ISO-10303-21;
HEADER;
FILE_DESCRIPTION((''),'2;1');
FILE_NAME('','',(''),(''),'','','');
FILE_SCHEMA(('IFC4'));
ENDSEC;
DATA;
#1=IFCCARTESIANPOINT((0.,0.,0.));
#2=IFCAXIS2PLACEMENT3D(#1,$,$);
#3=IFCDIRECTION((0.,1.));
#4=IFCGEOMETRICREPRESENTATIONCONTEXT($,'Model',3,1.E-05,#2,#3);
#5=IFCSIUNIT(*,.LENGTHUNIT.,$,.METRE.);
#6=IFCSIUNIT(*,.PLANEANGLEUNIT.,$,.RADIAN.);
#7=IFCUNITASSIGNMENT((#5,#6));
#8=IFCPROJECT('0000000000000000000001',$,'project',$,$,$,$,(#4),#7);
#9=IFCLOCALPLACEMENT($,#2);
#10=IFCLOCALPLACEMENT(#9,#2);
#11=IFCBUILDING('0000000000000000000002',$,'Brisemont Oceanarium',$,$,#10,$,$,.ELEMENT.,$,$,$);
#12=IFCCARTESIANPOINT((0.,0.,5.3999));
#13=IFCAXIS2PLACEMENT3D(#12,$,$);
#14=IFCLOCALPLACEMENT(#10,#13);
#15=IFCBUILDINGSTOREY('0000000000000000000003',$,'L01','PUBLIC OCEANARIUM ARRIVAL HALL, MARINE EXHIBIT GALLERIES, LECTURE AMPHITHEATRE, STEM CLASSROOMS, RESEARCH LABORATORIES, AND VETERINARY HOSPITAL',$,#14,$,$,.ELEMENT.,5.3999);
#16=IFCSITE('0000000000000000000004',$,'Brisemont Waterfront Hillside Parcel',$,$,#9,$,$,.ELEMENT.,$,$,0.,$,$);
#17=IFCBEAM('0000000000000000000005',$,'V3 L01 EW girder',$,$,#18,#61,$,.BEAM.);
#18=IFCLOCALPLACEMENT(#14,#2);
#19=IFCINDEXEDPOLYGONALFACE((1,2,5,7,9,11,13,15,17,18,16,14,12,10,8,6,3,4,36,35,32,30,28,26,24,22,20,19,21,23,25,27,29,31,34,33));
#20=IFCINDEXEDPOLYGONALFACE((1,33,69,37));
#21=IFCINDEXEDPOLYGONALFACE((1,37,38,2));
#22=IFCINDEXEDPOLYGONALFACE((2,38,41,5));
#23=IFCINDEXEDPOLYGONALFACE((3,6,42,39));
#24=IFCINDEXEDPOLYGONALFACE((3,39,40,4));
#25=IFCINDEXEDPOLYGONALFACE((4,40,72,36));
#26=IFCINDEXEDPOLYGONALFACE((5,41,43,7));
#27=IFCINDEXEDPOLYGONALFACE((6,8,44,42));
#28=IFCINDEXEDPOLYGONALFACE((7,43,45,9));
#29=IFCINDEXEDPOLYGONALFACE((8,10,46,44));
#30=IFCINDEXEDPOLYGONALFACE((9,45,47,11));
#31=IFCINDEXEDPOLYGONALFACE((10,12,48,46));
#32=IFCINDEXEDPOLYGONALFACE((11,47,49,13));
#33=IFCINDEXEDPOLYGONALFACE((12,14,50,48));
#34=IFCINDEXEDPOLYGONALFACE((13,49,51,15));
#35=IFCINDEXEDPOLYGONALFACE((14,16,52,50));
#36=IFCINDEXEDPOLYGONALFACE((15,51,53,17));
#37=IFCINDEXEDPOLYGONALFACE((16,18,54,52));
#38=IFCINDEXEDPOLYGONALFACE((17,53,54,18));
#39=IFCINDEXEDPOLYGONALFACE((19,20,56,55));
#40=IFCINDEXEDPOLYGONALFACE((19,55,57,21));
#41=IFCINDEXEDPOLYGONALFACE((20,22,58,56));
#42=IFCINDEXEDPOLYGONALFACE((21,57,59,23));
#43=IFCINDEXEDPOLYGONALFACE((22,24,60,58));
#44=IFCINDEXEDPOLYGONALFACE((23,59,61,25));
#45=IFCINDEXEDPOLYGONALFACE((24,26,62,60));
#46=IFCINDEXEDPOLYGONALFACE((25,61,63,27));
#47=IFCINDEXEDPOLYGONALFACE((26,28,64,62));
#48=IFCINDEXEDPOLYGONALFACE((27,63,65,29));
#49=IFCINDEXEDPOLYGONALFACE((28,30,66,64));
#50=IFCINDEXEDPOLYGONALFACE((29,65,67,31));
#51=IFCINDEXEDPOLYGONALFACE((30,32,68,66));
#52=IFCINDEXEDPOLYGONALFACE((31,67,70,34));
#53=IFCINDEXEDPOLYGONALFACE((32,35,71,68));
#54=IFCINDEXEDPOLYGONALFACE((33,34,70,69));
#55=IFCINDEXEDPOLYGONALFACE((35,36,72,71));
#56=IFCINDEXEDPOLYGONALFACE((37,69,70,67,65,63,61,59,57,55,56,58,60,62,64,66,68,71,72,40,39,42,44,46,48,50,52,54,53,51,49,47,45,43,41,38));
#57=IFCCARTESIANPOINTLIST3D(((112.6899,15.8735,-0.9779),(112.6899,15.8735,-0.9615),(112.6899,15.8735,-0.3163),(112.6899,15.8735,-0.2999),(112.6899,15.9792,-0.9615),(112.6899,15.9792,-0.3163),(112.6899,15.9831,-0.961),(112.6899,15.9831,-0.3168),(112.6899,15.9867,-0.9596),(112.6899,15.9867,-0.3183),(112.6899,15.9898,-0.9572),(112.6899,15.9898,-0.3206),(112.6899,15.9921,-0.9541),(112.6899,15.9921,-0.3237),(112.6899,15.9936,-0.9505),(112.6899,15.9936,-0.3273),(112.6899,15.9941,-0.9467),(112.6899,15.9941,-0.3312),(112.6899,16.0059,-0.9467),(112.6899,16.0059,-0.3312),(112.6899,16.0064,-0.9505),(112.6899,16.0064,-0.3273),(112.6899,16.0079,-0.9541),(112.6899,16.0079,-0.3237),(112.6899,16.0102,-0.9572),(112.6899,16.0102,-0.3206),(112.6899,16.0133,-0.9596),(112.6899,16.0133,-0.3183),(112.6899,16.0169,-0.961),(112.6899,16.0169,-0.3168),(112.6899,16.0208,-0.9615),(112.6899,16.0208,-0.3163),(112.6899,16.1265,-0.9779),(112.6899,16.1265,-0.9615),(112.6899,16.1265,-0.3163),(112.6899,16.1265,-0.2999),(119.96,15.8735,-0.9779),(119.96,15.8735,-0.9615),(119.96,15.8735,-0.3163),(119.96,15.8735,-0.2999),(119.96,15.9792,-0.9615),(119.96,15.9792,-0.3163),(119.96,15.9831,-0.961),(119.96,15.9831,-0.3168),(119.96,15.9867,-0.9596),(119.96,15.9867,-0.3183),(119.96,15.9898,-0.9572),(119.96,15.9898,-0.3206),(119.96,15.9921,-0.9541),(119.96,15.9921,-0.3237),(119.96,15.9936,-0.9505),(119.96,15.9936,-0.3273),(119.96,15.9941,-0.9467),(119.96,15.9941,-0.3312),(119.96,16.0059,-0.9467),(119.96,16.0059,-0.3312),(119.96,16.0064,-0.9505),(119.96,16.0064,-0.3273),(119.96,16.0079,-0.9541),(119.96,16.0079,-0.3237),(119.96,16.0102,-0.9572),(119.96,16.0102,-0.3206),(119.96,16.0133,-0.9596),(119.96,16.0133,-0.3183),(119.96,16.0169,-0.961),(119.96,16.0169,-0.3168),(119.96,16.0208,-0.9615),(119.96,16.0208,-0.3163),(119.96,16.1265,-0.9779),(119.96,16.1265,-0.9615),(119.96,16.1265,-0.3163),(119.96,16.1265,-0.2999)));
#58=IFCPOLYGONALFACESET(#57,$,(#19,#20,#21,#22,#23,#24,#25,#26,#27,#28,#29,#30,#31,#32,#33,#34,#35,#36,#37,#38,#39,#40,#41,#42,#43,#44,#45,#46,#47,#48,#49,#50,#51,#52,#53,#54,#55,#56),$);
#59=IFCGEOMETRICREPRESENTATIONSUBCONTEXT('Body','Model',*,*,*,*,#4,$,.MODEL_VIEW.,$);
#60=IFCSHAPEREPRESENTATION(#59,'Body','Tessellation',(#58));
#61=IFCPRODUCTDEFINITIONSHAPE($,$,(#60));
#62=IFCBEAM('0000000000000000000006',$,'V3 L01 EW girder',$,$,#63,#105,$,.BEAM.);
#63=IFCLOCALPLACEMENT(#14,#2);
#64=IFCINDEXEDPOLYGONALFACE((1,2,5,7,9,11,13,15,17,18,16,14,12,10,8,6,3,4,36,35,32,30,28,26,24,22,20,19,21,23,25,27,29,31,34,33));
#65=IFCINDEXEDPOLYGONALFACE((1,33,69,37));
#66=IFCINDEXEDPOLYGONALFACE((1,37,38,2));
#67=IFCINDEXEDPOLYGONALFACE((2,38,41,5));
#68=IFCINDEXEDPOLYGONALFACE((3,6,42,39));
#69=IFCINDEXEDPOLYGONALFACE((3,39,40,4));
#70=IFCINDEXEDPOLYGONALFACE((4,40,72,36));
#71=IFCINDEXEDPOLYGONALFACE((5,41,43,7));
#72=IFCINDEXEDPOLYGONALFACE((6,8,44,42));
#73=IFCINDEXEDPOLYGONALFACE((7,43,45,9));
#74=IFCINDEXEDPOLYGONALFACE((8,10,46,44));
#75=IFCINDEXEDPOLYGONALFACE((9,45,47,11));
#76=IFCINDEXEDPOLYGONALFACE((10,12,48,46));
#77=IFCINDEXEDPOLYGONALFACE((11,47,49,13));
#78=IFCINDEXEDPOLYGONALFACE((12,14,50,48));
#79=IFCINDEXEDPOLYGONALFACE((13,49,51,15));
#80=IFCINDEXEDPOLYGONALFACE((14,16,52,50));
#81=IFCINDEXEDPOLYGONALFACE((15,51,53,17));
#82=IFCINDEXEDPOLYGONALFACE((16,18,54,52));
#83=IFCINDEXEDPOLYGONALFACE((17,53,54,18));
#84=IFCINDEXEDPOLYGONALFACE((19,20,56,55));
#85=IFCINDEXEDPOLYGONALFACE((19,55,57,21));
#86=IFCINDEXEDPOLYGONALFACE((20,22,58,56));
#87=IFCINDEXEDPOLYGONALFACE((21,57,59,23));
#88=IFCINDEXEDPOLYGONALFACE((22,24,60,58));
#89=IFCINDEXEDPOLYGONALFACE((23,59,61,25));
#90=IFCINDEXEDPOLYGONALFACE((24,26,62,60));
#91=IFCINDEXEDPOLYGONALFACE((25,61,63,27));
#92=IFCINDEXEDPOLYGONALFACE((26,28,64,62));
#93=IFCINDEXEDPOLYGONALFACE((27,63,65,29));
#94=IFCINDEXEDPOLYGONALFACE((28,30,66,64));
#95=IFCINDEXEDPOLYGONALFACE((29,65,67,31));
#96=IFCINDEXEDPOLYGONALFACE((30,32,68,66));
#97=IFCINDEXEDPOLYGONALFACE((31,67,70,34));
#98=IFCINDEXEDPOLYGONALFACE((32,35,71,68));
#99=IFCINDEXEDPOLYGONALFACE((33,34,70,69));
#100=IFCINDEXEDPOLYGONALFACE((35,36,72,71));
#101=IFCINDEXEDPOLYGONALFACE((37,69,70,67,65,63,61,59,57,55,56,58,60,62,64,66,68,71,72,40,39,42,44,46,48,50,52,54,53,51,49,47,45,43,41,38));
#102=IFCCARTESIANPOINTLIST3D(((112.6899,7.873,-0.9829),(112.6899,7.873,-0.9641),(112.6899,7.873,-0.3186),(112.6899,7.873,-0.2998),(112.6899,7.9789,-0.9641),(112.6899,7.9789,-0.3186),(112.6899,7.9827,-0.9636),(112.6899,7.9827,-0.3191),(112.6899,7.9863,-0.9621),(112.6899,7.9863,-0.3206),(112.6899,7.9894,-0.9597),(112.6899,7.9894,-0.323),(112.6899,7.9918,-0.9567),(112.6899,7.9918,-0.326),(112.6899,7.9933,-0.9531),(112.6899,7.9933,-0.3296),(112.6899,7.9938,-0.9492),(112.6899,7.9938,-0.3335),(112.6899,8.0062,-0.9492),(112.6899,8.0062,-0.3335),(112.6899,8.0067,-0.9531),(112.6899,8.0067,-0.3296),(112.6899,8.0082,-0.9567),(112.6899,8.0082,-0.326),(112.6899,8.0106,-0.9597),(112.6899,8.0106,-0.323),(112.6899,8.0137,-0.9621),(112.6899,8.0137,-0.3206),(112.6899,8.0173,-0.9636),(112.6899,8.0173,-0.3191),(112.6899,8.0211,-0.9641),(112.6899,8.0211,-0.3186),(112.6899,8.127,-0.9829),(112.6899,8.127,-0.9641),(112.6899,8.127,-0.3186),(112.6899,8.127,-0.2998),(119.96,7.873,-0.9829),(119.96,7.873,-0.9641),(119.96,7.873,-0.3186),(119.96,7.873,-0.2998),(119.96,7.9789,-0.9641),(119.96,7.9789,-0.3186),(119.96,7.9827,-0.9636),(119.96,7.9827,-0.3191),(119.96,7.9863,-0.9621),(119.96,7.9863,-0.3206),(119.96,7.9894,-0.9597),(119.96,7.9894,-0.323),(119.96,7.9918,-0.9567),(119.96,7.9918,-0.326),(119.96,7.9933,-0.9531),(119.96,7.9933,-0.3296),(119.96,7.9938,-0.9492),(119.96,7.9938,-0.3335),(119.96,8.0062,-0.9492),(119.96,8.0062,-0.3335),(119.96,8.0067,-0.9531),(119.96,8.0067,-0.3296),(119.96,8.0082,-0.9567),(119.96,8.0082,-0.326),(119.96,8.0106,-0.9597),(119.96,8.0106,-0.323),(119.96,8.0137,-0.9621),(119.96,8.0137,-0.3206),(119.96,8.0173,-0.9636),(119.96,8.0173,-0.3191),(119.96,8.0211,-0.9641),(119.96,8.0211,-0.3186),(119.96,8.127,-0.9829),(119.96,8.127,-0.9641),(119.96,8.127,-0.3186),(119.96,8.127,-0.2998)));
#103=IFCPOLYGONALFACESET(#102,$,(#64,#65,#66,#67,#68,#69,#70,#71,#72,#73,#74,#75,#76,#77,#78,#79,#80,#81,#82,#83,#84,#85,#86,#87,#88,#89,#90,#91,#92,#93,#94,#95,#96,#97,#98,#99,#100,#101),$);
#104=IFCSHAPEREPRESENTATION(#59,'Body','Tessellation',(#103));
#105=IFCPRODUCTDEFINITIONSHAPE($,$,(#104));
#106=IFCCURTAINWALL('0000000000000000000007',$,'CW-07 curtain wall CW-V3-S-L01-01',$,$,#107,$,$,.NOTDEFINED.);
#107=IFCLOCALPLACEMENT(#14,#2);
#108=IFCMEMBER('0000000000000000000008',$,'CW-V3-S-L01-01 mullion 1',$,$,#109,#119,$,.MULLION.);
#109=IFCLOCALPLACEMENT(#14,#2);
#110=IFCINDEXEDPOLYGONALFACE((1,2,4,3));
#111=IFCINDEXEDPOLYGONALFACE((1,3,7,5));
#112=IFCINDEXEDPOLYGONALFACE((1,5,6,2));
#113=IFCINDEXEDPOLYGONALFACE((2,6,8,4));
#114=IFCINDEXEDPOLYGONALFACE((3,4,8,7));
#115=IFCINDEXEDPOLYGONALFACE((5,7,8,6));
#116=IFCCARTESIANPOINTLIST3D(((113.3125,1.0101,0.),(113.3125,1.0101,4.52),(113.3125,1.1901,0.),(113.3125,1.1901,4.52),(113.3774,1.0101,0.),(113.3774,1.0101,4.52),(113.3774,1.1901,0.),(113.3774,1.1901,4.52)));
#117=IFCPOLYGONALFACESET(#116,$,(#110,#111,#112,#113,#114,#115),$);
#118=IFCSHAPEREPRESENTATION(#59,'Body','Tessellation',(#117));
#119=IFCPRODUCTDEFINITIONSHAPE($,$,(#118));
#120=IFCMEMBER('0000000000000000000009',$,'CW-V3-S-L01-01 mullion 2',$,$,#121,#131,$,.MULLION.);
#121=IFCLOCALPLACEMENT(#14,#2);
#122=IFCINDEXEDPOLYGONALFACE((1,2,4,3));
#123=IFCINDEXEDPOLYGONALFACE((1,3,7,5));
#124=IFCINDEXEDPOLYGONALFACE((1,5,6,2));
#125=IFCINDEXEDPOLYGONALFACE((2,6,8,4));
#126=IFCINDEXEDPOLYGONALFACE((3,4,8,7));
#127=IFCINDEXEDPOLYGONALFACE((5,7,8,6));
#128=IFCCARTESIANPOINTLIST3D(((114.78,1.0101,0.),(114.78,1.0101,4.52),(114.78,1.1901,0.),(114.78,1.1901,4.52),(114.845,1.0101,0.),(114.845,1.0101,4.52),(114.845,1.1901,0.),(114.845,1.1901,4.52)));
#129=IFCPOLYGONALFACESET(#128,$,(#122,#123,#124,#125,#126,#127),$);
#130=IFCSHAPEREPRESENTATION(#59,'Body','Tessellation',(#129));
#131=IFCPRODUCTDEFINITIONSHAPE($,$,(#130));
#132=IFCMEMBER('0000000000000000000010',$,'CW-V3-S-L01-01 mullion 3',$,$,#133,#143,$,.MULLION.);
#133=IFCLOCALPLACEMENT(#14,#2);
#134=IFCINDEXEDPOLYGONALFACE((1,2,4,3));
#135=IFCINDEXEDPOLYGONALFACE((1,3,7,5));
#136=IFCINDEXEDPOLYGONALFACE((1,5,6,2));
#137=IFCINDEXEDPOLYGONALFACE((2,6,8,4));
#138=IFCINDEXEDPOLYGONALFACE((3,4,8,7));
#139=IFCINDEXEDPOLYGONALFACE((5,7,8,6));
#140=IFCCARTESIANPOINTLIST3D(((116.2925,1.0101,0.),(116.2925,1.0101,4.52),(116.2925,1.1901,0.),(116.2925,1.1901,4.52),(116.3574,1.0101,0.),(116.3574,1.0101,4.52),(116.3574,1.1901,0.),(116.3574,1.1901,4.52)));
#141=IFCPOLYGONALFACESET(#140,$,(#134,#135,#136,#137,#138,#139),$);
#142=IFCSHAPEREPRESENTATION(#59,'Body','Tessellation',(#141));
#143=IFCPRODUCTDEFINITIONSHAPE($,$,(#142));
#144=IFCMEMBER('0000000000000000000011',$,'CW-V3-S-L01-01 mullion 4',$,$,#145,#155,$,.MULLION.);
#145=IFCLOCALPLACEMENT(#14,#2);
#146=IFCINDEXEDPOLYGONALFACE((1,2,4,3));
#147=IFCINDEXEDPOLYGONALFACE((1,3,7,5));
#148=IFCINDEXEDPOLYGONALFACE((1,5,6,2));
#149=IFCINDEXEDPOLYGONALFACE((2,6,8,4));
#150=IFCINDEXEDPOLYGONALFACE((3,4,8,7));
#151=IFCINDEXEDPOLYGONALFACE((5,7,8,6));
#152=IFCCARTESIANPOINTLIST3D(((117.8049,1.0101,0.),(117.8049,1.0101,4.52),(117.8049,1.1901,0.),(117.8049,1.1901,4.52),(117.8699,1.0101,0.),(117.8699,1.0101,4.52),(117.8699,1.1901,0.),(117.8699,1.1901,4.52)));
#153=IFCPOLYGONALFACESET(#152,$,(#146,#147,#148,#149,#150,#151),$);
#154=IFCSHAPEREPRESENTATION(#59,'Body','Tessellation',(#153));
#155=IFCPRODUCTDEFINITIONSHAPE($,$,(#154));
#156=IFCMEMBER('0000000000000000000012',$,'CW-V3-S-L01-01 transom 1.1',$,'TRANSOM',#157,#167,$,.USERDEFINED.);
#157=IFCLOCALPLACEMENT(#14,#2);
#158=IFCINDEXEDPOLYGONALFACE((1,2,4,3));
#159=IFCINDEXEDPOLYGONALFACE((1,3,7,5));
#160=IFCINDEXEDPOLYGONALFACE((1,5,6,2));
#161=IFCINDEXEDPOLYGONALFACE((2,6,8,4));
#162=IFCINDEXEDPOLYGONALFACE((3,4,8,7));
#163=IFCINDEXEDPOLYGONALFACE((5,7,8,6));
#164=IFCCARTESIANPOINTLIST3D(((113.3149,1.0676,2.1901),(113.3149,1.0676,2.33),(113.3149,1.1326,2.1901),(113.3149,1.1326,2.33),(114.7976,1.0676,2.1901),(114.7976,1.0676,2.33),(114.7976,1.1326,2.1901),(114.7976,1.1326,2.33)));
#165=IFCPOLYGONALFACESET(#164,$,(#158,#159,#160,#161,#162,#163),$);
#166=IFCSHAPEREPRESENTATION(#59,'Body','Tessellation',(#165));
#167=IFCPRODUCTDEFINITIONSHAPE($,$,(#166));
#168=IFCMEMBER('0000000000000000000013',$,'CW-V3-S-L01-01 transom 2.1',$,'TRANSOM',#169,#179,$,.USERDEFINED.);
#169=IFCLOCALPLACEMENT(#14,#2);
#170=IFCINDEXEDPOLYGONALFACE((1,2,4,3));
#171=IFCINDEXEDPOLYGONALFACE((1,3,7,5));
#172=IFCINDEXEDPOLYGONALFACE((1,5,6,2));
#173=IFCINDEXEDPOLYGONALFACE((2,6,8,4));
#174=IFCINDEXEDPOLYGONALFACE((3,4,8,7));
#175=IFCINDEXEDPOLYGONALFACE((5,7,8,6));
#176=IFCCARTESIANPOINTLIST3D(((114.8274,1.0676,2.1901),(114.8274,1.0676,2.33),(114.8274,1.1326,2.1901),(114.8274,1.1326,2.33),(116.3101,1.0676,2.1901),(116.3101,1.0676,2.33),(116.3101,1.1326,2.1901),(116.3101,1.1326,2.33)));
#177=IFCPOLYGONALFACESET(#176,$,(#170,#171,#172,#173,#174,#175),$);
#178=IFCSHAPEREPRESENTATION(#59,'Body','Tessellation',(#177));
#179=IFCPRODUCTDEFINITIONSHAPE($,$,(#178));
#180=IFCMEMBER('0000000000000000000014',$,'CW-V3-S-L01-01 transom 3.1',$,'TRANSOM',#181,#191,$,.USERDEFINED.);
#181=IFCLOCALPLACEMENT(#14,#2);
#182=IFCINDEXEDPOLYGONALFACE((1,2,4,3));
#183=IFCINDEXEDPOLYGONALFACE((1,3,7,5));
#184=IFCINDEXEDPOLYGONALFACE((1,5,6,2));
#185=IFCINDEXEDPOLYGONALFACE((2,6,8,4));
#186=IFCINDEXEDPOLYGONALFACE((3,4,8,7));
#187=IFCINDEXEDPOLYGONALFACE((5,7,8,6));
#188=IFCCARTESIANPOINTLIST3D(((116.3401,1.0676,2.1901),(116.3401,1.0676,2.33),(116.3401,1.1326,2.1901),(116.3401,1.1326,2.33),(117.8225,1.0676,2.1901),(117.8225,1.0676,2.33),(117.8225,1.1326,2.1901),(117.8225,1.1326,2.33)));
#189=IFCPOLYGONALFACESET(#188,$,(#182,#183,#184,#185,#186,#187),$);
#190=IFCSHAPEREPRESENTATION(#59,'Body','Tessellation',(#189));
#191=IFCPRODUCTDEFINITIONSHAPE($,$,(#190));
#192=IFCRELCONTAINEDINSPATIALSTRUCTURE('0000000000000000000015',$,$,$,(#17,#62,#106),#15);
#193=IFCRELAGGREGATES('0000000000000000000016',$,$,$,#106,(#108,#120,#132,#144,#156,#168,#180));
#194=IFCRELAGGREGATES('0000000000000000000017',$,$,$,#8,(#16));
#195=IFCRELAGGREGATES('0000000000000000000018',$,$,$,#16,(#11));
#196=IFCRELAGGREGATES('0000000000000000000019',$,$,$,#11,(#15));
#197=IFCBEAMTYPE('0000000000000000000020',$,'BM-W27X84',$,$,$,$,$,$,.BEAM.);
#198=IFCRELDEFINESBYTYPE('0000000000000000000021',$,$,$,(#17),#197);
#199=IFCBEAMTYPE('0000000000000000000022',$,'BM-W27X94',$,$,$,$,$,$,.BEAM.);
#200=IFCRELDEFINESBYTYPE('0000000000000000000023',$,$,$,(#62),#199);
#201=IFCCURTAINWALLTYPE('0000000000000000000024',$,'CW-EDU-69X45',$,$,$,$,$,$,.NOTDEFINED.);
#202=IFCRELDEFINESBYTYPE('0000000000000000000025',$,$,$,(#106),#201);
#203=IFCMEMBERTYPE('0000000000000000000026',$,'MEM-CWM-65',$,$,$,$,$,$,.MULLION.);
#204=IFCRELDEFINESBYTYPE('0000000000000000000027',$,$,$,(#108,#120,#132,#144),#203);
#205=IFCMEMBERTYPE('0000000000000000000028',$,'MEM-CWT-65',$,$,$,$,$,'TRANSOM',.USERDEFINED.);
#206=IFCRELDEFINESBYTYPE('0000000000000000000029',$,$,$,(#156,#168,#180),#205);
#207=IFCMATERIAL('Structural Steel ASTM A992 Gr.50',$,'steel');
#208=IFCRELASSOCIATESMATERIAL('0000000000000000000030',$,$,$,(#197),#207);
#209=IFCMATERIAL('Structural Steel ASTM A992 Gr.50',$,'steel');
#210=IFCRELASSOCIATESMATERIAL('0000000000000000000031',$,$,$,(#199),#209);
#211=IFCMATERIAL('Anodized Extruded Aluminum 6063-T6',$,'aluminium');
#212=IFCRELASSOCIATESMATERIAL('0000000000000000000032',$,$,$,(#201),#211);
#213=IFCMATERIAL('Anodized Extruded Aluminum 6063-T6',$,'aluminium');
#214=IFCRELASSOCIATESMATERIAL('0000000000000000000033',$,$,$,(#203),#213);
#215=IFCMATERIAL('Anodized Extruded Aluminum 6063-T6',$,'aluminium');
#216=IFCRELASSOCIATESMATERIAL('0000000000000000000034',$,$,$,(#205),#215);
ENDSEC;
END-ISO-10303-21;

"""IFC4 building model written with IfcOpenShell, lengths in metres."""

from ifc_helpers import new_model, si_unit, direction, frame, origin, origin_2d, place, context, subcontext, project, spatial, rectangle, i_section, extrude, material, material_profile, profile_set, type_object, element, aggregate, save


model = new_model("IFC4")

# Units and contexts
model_context = context("Model", 3, precision=1e-05, world=origin(), true_north=direction((0.0, 1.0)))
body_context = subcontext(model_context, "Body", "Model", "MODEL_VIEW")
ifc_project = project(units=[si_unit("LENGTHUNIT", "METRE"), si_unit("PLANEANGLEUNIT", "RADIAN")], contexts=[model_context])

# Site, building, storey
site_placement = place(None, origin())
site = spatial("IfcSite", under=ifc_project, at=site_placement, Name="Brisemont Waterfront Hillside Parcel", CompositionType="ELEMENT", RefElevation=0.0)
building_placement = place(site_placement, origin())
building = spatial("IfcBuilding", under=site, at=building_placement, Name="Brisemont Oceanarium", CompositionType="ELEMENT")
storey_placement = place(building_placement, frame((0.0, 0.0, 5.3999)))
storey = spatial("IfcBuildingStorey", under=building, at=storey_placement, Name="L01", Description="PUBLIC OCEANARIUM ARRIVAL HALL, MARINE EXHIBIT GALLERIES, LECTURE AMPHITHEATRE, STEM CLASSROOMS, RESEARCH LABORATORIES, AND VETERINARY HOSPITAL", CompositionType="ELEMENT", Elevation=5.3999)

# Beams
ifc_material_1 = material(Name="Structural Steel ASTM A992 Gr.50", Category="steel")
ifc_material_profile_1 = material_profile(ifc_material_1, i_section(OverallWidth=0.2529, OverallDepth=0.678, WebThickness=0.0117, FlangeThickness=0.0164, FilletRadius=0.0149, at=origin_2d()), Name="W27X84")
ifc_profile_set_1 = profile_set([ifc_material_profile_1], Name="Structural Steel ASTM A992 Gr.50")
beam_type_1 = type_object("IfcBeamType", Name="BM-W27X84", PredefinedType="BEAM", material=ifc_profile_set_1)
beam_1_placement = place(storey_placement, frame((112.6899, 16.0, -0.6389), z_axis=(1.0, 0.0, 0.0), x_axis=(0.0, 1.0, 0.0)))
element("IfcBeam", 1, at=beam_1_placement, inside=storey, type_object=beam_type_1, Name="V3 L01 EW girder", PredefinedType="BEAM", context=body_context, shape_type="SweptSolid", body=[
    extrude(i_section(OverallWidth=0.2529, OverallDepth=0.678, WebThickness=0.0117, FlangeThickness=0.0164, FilletRadius=0.0149, at=origin_2d()), origin(), (0.0, 0.0, 1.0), 7.27),
])
ifc_material_2 = material(Name="Structural Steel ASTM A992 Gr.50", Category="steel")
ifc_material_profile_2 = material_profile(ifc_material_2, i_section(OverallWidth=0.2539, OverallDepth=0.6831, WebThickness=0.0125, FlangeThickness=0.0188, FilletRadius=0.0149, at=origin_2d()), Name="W27X94")
ifc_profile_set_2 = profile_set([ifc_material_profile_2], Name="Structural Steel ASTM A992 Gr.50")
beam_type_2 = type_object("IfcBeamType", Name="BM-W27X94", PredefinedType="BEAM", material=ifc_profile_set_2)
beam_2_placement = place(storey_placement, frame((112.6899, 8.0, -0.6414), z_axis=(1.0, 0.0, 0.0), x_axis=(0.0, 1.0, 0.0)))
element("IfcBeam", 2, at=beam_2_placement, inside=storey, type_object=beam_type_2, Name="V3 L01 EW girder", PredefinedType="BEAM", context=body_context, shape_type="SweptSolid", body=[
    extrude(i_section(OverallWidth=0.2539, OverallDepth=0.6831, WebThickness=0.0125, FlangeThickness=0.0188, FilletRadius=0.0149, at=origin_2d()), origin(), (0.0, 0.0, 1.0), 7.27),
])

# Curtain wall, members
ifc_material_3 = material(Name="Anodized Extruded Aluminum 6063-T6", Category="aluminium")
curtain_wall_type = type_object("IfcCurtainWallType", Name="CW-EDU-69X45", PredefinedType="NOTDEFINED", material=ifc_material_3)
curtain_wall_placement = place(storey_placement, origin())
curtain_wall = element("IfcCurtainWall", 3, at=curtain_wall_placement, inside=storey, type_object=curtain_wall_type, Name="CW-07 curtain wall CW-V3-S-L01-01", PredefinedType="NOTDEFINED")
ifc_material_4 = material(Name="Anodized Extruded Aluminum 6063-T6", Category="aluminium")
ifc_material_profile_3 = material_profile(ifc_material_4, rectangle(XDim=0.0649, YDim=0.1799, at=origin_2d()), Name="CWM-65X180")
ifc_profile_set_3 = profile_set([ifc_material_profile_3], Name="Anodized Extruded Aluminum 6063-T6")
member_type_1 = type_object("IfcMemberType", Name="MEM-CWM-65", PredefinedType="MULLION", material=ifc_profile_set_3)
member_1_placement = place(storey_placement, frame((113.345, 1.1001, 0.0), z_axis=(0.0, 0.0, 1.0), x_axis=(1.0, 0.0, 0.0)))
member_1 = element("IfcMember", 4, at=member_1_placement, type_object=member_type_1, Name="CW-V3-S-L01-01 mullion 1", PredefinedType="MULLION", context=body_context, shape_type="SweptSolid", body=[
    extrude(rectangle(XDim=0.0649, YDim=0.1799, at=origin_2d()), origin(), (0.0, 0.0, 1.0), 4.52),
])
member_2_placement = place(storey_placement, frame((114.8125, 1.1001, 0.0), z_axis=(0.0, 0.0, 1.0), x_axis=(1.0, 0.0, 0.0)))
member_2 = element("IfcMember", 5, at=member_2_placement, type_object=member_type_1, Name="CW-V3-S-L01-01 mullion 2", PredefinedType="MULLION", context=body_context, shape_type="SweptSolid", body=[
    extrude(rectangle(XDim=0.0649, YDim=0.1799, at=origin_2d()), origin(), (0.0, 0.0, 1.0), 4.52),
])
member_3_placement = place(storey_placement, frame((116.325, 1.1001, 0.0), z_axis=(0.0, 0.0, 1.0), x_axis=(1.0, 0.0, 0.0)))
member_3 = element("IfcMember", 6, at=member_3_placement, type_object=member_type_1, Name="CW-V3-S-L01-01 mullion 3", PredefinedType="MULLION", context=body_context, shape_type="SweptSolid", body=[
    extrude(rectangle(XDim=0.0649, YDim=0.1799, at=origin_2d()), origin(), (0.0, 0.0, 1.0), 4.52),
])
member_4_placement = place(storey_placement, frame((117.8374, 1.1001, 0.0), z_axis=(0.0, 0.0, 1.0), x_axis=(1.0, 0.0, 0.0)))
member_4 = element("IfcMember", 7, at=member_4_placement, type_object=member_type_1, Name="CW-V3-S-L01-01 mullion 4", PredefinedType="MULLION", context=body_context, shape_type="SweptSolid", body=[
    extrude(rectangle(XDim=0.0649, YDim=0.1799, at=origin_2d()), origin(), (0.0, 0.0, 1.0), 4.52),
])
ifc_material_5 = material(Name="Anodized Extruded Aluminum 6063-T6", Category="aluminium")
ifc_material_profile_4 = material_profile(ifc_material_5, rectangle(XDim=0.0649, YDim=0.1399, at=origin_2d()), Name="CWT-65X140")
ifc_profile_set_4 = profile_set([ifc_material_profile_4], Name="Anodized Extruded Aluminum 6063-T6")
member_type_2 = type_object("IfcMemberType", Name="MEM-CWT-65", ElementType="TRANSOM", PredefinedType="USERDEFINED", material=ifc_profile_set_4)
member_5_placement = place(storey_placement, frame((113.3149, 1.1001, 2.26), z_axis=(1.0, 0.0, 0.0), x_axis=(0.0, 1.0, 0.0)))
member_5 = element("IfcMember", 8, at=member_5_placement, type_object=member_type_2, Name="CW-V3-S-L01-01 transom 1.1", ObjectType="TRANSOM", PredefinedType="USERDEFINED", context=body_context, shape_type="SweptSolid", body=[
    extrude(rectangle(XDim=0.0649, YDim=0.1399, at=origin_2d()), origin(), (0.0, 0.0, 1.0), 1.4827),
])
member_6_placement = place(storey_placement, frame((114.8274, 1.1001, 2.26), z_axis=(1.0, 0.0, 0.0), x_axis=(0.0, 1.0, 0.0)))
member_6 = element("IfcMember", 9, at=member_6_placement, type_object=member_type_2, Name="CW-V3-S-L01-01 transom 2.1", ObjectType="TRANSOM", PredefinedType="USERDEFINED", context=body_context, shape_type="SweptSolid", body=[
    extrude(rectangle(XDim=0.0649, YDim=0.1399, at=origin_2d()), origin(), (0.0, 0.0, 1.0), 1.4827),
])
member_7_placement = place(storey_placement, frame((116.3401, 1.1001, 2.26), z_axis=(1.0, 0.0, 0.0), x_axis=(0.0, 1.0, 0.0)))
member_7 = element("IfcMember", 10, at=member_7_placement, type_object=member_type_2, Name="CW-V3-S-L01-01 transom 3.1", ObjectType="TRANSOM", PredefinedType="USERDEFINED", context=body_context, shape_type="SweptSolid", body=[
    extrude(rectangle(XDim=0.0649, YDim=0.1399, at=origin_2d()), origin(), (0.0, 0.0, 1.0), 1.4824),
])
aggregate(curtain_wall, [member_1, member_2, member_3, member_4, member_5, member_6, member_7])

save(model, "model.ifc")
